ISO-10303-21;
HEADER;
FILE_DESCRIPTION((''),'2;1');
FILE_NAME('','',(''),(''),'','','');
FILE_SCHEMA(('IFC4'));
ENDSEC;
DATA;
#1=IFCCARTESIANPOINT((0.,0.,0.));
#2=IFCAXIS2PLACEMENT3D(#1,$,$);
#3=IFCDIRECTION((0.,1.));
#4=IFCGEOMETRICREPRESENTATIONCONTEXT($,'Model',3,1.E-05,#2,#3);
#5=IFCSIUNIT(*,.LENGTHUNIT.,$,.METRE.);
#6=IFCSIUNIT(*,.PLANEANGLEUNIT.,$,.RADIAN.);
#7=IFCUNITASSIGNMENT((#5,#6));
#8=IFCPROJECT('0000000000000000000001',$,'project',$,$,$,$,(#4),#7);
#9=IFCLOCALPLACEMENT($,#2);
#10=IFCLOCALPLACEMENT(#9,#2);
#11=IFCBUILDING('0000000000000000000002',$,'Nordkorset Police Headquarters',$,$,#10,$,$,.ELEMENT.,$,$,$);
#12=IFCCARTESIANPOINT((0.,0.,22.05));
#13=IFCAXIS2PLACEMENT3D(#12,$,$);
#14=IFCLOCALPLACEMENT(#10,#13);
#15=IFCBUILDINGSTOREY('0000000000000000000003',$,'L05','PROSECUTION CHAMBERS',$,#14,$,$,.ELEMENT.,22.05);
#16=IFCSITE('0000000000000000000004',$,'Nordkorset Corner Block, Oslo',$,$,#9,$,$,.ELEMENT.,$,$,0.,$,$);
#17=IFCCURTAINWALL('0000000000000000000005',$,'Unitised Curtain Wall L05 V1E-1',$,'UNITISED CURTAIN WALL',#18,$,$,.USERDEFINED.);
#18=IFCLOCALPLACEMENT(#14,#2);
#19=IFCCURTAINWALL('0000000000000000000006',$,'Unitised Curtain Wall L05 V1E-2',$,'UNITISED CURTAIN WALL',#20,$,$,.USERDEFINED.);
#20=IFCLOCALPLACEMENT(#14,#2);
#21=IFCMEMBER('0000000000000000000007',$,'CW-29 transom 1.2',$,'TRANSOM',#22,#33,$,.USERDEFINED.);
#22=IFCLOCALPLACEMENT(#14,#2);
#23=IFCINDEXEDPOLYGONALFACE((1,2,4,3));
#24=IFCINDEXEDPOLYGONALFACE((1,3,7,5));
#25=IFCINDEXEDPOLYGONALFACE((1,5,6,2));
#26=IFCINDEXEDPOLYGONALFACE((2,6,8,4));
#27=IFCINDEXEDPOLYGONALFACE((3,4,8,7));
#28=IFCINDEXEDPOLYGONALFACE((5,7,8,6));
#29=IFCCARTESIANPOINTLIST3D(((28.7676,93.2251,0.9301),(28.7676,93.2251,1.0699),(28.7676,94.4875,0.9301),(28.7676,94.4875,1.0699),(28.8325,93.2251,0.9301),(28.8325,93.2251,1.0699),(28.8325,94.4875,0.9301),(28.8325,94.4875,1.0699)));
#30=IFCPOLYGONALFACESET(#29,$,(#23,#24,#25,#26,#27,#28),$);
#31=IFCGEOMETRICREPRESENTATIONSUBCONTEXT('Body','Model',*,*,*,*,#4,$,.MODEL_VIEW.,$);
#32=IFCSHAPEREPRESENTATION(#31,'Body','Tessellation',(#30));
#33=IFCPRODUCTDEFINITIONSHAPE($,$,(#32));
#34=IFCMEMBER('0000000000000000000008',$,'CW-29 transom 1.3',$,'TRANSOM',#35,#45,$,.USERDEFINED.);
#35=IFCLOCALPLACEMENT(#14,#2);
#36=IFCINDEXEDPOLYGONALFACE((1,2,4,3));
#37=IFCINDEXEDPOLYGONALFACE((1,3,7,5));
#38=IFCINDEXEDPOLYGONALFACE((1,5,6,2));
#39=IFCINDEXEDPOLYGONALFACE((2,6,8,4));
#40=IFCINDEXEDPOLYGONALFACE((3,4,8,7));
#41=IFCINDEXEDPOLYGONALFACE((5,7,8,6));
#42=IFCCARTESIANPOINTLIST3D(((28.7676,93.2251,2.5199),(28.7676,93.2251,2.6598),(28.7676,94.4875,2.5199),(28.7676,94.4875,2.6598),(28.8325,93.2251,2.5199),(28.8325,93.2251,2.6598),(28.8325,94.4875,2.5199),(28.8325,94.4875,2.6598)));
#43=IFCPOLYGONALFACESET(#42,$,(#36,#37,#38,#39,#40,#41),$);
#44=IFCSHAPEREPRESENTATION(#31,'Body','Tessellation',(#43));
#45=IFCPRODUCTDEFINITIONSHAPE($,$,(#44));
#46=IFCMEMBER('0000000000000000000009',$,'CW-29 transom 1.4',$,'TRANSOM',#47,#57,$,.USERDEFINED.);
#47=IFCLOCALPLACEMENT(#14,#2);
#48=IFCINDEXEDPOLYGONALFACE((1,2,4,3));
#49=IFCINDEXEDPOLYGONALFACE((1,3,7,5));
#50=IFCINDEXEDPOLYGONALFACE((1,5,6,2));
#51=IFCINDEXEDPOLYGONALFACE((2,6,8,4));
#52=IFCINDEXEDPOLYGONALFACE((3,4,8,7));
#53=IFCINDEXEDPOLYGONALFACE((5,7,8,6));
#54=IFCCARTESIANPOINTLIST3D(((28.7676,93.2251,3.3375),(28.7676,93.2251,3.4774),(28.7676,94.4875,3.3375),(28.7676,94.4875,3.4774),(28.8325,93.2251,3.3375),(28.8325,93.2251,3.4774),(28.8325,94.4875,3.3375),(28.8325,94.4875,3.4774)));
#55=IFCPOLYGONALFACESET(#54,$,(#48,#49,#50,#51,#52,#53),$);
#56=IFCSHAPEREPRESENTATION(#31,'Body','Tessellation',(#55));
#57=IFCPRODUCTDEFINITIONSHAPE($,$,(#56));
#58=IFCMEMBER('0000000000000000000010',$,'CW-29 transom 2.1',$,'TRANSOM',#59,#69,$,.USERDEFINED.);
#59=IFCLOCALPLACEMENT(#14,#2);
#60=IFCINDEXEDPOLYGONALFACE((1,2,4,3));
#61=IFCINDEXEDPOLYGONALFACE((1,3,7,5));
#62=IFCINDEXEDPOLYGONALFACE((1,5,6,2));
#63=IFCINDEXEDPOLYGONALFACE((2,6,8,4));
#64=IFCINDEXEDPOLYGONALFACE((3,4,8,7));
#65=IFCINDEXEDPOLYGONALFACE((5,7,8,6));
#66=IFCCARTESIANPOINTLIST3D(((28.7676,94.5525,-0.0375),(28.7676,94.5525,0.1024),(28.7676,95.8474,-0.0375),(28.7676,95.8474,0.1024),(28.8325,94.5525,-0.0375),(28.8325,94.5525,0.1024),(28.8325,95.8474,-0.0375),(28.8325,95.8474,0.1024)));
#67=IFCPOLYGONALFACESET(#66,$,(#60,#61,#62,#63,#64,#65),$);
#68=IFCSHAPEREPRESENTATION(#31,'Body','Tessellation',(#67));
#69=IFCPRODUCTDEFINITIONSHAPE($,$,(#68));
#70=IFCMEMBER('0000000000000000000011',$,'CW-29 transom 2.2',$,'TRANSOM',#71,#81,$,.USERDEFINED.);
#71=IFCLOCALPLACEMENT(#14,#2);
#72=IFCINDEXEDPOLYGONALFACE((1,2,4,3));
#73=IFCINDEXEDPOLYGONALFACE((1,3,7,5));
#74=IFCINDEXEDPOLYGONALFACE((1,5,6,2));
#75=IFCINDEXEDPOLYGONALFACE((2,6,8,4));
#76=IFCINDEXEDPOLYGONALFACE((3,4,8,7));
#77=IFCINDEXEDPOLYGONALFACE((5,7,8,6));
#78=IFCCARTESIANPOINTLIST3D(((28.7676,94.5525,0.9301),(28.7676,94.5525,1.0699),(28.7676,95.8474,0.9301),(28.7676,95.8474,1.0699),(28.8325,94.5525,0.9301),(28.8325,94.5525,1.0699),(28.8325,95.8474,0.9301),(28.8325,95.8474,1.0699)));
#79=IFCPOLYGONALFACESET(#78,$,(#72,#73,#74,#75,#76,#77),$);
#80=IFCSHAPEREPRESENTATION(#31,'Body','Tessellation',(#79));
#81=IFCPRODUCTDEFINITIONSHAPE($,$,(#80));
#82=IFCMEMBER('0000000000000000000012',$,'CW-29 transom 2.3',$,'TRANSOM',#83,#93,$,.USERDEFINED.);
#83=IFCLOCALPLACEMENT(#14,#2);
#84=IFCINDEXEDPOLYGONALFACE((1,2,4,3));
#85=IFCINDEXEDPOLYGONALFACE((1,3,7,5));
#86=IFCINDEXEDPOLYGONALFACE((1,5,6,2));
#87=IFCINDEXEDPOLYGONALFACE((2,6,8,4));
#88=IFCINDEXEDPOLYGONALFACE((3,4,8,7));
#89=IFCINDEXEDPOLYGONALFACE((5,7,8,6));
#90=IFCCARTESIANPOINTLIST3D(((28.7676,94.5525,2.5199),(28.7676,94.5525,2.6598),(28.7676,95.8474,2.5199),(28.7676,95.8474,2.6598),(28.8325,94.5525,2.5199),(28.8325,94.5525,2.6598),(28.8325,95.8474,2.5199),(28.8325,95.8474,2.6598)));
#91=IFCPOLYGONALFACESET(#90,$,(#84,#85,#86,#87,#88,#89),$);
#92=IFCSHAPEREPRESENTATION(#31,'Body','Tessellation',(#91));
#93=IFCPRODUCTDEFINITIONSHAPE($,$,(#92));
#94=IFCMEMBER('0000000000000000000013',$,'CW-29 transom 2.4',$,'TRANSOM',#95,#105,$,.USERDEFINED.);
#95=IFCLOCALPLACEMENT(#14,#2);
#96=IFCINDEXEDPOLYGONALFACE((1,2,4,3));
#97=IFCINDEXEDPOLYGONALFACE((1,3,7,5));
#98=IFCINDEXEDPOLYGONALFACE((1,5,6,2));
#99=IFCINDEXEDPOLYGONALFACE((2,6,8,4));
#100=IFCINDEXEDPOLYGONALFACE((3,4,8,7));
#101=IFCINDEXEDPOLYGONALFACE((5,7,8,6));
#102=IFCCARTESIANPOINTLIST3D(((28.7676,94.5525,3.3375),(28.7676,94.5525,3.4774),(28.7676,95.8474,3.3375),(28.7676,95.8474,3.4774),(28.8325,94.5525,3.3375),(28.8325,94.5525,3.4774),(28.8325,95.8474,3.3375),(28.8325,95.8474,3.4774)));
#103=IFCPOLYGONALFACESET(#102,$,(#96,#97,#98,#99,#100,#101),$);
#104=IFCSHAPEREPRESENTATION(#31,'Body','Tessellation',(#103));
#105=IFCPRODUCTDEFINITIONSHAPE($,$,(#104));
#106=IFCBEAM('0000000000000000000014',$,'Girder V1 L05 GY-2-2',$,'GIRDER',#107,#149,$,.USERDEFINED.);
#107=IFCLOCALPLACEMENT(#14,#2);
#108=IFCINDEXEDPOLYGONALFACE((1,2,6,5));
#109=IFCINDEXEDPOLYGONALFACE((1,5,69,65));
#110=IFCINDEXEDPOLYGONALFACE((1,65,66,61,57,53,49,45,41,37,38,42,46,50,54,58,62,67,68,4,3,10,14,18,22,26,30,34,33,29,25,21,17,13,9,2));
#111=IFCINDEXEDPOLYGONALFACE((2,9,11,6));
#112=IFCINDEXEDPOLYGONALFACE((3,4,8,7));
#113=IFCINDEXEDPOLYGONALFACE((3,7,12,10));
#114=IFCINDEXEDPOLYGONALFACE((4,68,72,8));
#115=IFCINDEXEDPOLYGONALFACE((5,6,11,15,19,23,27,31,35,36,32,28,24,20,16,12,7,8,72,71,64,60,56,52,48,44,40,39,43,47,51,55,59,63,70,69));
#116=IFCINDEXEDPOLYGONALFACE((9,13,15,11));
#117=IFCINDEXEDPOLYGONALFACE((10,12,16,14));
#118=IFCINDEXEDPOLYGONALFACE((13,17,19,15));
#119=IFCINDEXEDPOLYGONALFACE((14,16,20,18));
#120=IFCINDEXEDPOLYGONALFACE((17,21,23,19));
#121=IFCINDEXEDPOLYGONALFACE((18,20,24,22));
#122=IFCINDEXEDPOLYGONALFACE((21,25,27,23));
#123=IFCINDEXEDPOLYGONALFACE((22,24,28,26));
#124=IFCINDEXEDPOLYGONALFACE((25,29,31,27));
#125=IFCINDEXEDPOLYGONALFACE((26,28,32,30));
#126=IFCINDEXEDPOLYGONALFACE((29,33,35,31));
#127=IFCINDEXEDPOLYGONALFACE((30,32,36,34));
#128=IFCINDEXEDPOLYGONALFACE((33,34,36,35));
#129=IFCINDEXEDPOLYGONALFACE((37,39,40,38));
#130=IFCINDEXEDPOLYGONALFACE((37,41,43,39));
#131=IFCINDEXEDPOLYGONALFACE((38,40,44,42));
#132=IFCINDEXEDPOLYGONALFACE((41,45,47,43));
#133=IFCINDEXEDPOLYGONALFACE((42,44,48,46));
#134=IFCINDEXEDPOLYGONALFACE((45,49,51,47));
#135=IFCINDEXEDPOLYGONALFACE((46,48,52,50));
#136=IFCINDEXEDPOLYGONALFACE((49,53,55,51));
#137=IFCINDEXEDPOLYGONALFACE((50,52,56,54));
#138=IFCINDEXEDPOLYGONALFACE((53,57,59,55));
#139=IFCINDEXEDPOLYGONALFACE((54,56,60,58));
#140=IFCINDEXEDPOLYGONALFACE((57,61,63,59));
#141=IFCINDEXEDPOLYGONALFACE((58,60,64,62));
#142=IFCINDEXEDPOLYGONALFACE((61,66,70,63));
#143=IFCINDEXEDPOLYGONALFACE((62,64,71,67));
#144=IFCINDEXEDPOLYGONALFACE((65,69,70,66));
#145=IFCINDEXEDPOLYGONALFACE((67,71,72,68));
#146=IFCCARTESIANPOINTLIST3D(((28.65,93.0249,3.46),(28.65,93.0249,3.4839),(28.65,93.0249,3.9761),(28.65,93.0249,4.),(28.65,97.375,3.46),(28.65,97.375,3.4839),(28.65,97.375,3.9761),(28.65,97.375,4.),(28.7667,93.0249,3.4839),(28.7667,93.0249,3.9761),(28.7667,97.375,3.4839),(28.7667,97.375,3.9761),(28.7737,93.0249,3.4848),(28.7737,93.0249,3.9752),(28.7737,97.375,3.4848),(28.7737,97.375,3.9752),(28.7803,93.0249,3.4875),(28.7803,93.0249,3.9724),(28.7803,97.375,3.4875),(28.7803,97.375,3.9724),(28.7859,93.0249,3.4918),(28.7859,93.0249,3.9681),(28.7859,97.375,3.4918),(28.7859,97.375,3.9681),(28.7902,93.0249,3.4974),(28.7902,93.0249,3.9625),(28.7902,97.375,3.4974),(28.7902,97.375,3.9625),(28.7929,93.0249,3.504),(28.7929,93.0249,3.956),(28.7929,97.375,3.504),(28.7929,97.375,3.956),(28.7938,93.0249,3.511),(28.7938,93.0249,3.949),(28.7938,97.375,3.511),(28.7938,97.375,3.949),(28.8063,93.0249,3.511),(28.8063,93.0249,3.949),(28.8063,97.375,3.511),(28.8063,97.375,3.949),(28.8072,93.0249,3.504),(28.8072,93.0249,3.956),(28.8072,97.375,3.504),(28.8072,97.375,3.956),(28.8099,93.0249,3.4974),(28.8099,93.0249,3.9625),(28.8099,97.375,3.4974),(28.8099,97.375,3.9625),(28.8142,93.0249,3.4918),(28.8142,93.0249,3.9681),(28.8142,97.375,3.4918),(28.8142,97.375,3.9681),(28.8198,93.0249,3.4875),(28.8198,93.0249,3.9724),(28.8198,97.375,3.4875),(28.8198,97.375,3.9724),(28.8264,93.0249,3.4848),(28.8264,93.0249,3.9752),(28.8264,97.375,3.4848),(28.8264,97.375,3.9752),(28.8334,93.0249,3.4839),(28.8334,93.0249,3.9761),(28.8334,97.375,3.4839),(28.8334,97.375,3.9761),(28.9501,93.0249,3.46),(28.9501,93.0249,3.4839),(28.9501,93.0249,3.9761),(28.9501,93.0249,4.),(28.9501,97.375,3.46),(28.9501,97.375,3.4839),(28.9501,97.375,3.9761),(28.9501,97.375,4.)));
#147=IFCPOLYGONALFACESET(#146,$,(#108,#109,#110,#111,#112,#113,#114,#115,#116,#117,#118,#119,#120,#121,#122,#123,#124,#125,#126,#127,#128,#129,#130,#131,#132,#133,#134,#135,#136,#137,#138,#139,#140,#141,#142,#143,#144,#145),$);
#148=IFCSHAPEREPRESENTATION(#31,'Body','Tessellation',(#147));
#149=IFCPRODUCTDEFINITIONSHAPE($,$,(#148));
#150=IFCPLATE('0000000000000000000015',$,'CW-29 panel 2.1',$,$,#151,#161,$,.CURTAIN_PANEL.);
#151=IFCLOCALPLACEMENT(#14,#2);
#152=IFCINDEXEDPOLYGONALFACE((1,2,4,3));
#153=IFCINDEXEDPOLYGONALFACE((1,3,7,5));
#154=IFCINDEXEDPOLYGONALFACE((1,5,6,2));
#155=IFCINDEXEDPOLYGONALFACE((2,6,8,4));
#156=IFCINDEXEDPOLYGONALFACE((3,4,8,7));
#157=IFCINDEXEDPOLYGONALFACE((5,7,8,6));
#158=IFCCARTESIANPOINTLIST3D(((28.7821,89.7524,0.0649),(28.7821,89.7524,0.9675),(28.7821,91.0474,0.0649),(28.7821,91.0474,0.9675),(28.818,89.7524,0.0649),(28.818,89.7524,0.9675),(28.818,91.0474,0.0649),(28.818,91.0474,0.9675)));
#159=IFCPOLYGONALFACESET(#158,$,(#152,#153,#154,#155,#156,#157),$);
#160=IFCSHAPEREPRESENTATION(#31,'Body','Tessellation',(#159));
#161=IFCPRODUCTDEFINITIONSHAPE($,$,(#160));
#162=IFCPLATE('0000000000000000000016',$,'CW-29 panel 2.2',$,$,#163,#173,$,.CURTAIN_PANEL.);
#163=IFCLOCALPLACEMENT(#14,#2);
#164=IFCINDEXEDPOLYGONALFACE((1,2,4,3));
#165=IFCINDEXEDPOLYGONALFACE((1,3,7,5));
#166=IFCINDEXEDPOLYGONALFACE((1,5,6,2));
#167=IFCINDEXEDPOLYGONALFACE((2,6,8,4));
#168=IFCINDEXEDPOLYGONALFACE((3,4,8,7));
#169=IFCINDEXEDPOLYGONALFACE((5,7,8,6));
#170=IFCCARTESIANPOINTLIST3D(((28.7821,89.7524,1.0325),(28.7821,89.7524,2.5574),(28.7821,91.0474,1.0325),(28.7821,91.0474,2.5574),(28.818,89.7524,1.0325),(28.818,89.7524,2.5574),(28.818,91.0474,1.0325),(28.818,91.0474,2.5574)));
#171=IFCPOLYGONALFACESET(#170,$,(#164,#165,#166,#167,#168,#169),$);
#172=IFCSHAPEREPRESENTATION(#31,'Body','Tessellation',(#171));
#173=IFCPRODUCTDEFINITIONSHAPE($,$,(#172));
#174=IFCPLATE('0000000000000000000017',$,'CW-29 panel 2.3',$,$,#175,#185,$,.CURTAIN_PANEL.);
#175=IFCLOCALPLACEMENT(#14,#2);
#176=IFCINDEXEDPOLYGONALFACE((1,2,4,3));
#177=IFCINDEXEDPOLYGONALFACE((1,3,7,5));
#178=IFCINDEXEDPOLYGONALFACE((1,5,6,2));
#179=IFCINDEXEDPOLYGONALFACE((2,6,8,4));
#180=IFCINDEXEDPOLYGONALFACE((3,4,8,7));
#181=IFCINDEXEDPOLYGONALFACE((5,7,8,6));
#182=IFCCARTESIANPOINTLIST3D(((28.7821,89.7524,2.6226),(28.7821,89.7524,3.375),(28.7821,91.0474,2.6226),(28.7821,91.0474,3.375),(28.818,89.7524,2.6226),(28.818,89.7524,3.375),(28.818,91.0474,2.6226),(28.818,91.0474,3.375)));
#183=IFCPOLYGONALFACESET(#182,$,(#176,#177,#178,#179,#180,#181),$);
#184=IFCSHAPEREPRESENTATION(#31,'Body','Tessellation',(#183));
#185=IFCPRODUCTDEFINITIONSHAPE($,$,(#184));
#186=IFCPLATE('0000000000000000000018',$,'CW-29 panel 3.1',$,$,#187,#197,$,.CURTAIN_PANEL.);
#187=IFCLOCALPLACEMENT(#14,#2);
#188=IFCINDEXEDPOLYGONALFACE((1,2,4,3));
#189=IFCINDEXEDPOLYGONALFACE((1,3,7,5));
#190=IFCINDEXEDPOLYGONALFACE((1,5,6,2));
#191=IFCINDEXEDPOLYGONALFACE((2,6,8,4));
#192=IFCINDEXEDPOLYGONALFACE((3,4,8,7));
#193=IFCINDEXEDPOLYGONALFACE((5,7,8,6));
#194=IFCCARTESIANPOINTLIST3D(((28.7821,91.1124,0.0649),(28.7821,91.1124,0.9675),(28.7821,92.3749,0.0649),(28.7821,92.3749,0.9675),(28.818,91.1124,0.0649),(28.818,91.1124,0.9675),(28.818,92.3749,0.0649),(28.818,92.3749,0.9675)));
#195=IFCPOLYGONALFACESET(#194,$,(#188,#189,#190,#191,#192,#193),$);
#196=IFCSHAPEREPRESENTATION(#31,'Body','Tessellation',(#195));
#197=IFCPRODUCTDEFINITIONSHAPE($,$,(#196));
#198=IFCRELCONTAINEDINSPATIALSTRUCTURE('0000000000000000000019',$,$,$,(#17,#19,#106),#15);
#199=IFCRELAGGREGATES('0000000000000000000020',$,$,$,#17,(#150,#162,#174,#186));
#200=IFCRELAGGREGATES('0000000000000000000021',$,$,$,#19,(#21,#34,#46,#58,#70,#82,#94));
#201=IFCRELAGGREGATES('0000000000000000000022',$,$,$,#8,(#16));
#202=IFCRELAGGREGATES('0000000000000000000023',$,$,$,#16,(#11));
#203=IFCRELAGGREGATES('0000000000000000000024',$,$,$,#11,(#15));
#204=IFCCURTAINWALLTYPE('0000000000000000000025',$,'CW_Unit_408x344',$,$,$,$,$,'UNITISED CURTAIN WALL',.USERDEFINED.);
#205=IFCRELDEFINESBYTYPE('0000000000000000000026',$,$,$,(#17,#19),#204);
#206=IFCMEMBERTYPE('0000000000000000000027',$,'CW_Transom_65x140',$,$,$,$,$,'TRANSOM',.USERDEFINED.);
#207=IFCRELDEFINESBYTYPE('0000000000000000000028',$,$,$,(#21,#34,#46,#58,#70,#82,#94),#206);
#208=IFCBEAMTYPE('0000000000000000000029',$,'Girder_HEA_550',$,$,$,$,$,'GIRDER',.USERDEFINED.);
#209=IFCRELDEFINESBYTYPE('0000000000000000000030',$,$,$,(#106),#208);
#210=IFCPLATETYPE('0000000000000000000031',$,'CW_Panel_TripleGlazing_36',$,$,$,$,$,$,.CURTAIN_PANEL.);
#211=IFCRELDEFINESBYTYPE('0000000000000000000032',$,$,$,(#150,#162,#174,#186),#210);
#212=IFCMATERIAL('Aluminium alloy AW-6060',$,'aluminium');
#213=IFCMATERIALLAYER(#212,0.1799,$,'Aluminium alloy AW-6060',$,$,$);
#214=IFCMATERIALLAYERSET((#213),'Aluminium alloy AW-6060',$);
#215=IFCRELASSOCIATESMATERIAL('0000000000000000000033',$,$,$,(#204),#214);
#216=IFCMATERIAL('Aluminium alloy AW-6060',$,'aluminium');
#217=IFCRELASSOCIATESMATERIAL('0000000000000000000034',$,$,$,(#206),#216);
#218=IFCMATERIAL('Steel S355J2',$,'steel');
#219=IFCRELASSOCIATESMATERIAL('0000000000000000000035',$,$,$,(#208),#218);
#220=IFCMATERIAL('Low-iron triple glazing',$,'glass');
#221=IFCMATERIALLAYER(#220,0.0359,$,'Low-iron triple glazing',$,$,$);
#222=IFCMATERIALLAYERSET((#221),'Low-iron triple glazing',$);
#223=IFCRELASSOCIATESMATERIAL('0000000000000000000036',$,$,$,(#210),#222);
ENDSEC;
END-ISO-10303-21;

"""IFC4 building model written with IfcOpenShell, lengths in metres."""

from ifc_helpers import new_model, si_unit, direction, frame, origin, origin_2d, place, context, subcontext, project, spatial, rectangle, i_section, extrude, material, layer, layer_set, material_profile, profile_set, type_object, element, aggregate, save


model = new_model("IFC4")

# Units and contexts
model_context = context("Model", 3, precision=1e-05, world=origin(), true_north=direction((0.0, 1.0)))
body_context = subcontext(model_context, "Body", "Model", "MODEL_VIEW")
ifc_project = project(units=[si_unit("LENGTHUNIT", "METRE"), si_unit("PLANEANGLEUNIT", "RADIAN")], contexts=[model_context])

# Site, building, storey
site_placement = place(None, origin())
site = spatial("IfcSite", under=ifc_project, at=site_placement, Name="Nordkorset Corner Block, Oslo", CompositionType="ELEMENT", RefElevation=0.0)
building_placement = place(site_placement, origin())
building = spatial("IfcBuilding", under=site, at=building_placement, Name="Nordkorset Police Headquarters", CompositionType="ELEMENT")
storey_placement = place(building_placement, frame((0.0, 0.0, 22.05)))
storey = spatial("IfcBuildingStorey", under=building, at=storey_placement, Name="L05", Description="PROSECUTION CHAMBERS", CompositionType="ELEMENT", Elevation=22.05)

# Curtain walls
ifc_material_1 = material(Name="Aluminium alloy AW-6060", Category="aluminium")
ifc_layer_1 = layer(ifc_material_1, 0.1799, Name="Aluminium alloy AW-6060")
ifc_layer_set_1 = layer_set([ifc_layer_1], Name="Aluminium alloy AW-6060")
curtain_wall_type = type_object("IfcCurtainWallType", Name="CW_Unit_408x344", ElementType="UNITISED CURTAIN WALL", PredefinedType="USERDEFINED", material=ifc_layer_set_1)
curtain_wall_1_placement = place(storey_placement, origin())
curtain_wall_1 = element("IfcCurtainWall", 1, at=curtain_wall_1_placement, inside=storey, type_object=curtain_wall_type, Name="Unitised Curtain Wall L05 V1E-1", ObjectType="UNITISED CURTAIN WALL", PredefinedType="USERDEFINED")
curtain_wall_2_placement = place(storey_placement, origin())
curtain_wall_2 = element("IfcCurtainWall", 2, at=curtain_wall_2_placement, inside=storey, type_object=curtain_wall_type, Name="Unitised Curtain Wall L05 V1E-2", ObjectType="UNITISED CURTAIN WALL", PredefinedType="USERDEFINED")

# Members
ifc_material_2 = material(Name="Aluminium alloy AW-6060", Category="aluminium")
ifc_material_profile_1 = material_profile(ifc_material_2, rectangle(XDim=0.0649, YDim=0.1399, at=origin_2d()), Name="ALU TRAN 65x140")
ifc_profile_set_1 = profile_set([ifc_material_profile_1], Name="Aluminium alloy AW-6060")
member_type_1 = type_object("IfcMemberType", Name="CW_Transom_65x140", ElementType="TRANSOM", PredefinedType="USERDEFINED", material=ifc_profile_set_1)
member_1_placement = place(storey_placement, frame((28.8, 93.2251, 1.0), z_axis=(0.0, 1.0, 0.0), x_axis=(-1.0, 0.0, 0.0)))
member_1 = element("IfcMember", 3, at=member_1_placement, type_object=member_type_1, Name="CW-29 transom 1.2", ObjectType="TRANSOM", PredefinedType="USERDEFINED", context=body_context, shape_type="SweptSolid", body=[
    extrude(rectangle(XDim=0.0649, YDim=0.1399, at=origin_2d()), origin(), (0.0, 0.0, 1.0), 1.2625),
])
member_2_placement = place(storey_placement, frame((28.8, 93.2251, 2.5898), z_axis=(0.0, 1.0, 0.0), x_axis=(-1.0, 0.0, 0.0)))
member_2 = element("IfcMember", 4, at=member_2_placement, type_object=member_type_1, Name="CW-29 transom 1.3", ObjectType="TRANSOM", PredefinedType="USERDEFINED", context=body_context, shape_type="SweptSolid", body=[
    extrude(rectangle(XDim=0.0649, YDim=0.1399, at=origin_2d()), origin(), (0.0, 0.0, 1.0), 1.2625),
])
member_3_placement = place(storey_placement, frame((28.8, 93.2251, 3.4075), z_axis=(0.0, 1.0, 0.0), x_axis=(-1.0, 0.0, 0.0)))
member_3 = element("IfcMember", 5, at=member_3_placement, type_object=member_type_1, Name="CW-29 transom 1.4", ObjectType="TRANSOM", PredefinedType="USERDEFINED", context=body_context, shape_type="SweptSolid", body=[
    extrude(rectangle(XDim=0.0649, YDim=0.1399, at=origin_2d()), origin(), (0.0, 0.0, 1.0), 1.2625),
])
member_4_placement = place(storey_placement, frame((28.8, 94.5525, 0.0325), z_axis=(0.0, 1.0, 0.0), x_axis=(-1.0, 0.0, 0.0)))
member_4 = element("IfcMember", 6, at=member_4_placement, type_object=member_type_1, Name="CW-29 transom 2.1", ObjectType="TRANSOM", PredefinedType="USERDEFINED", context=body_context, shape_type="SweptSolid", body=[
    extrude(rectangle(XDim=0.0649, YDim=0.1399, at=origin_2d()), origin(), (0.0, 0.0, 1.0), 1.2949),
])
member_5_placement = place(storey_placement, frame((28.8, 94.5525, 1.0), z_axis=(0.0, 1.0, 0.0), x_axis=(-1.0, 0.0, 0.0)))
member_5 = element("IfcMember", 7, at=member_5_placement, type_object=member_type_1, Name="CW-29 transom 2.2", ObjectType="TRANSOM", PredefinedType="USERDEFINED", context=body_context, shape_type="SweptSolid", body=[
    extrude(rectangle(XDim=0.0649, YDim=0.1399, at=origin_2d()), origin(), (0.0, 0.0, 1.0), 1.2949),
])
member_6_placement = place(storey_placement, frame((28.8, 94.5525, 2.5898), z_axis=(0.0, 1.0, 0.0), x_axis=(-1.0, 0.0, 0.0)))
member_6 = element("IfcMember", 8, at=member_6_placement, type_object=member_type_1, Name="CW-29 transom 2.3", ObjectType="TRANSOM", PredefinedType="USERDEFINED", context=body_context, shape_type="SweptSolid", body=[
    extrude(rectangle(XDim=0.0649, YDim=0.1399, at=origin_2d()), origin(), (0.0, 0.0, 1.0), 1.2949),
])
member_7_placement = place(storey_placement, frame((28.8, 94.5525, 3.4075), z_axis=(0.0, 1.0, 0.0), x_axis=(-1.0, 0.0, 0.0)))
member_7 = element("IfcMember", 9, at=member_7_placement, type_object=member_type_1, Name="CW-29 transom 2.4", ObjectType="TRANSOM", PredefinedType="USERDEFINED", context=body_context, shape_type="SweptSolid", body=[
    extrude(rectangle(XDim=0.0649, YDim=0.1399, at=origin_2d()), origin(), (0.0, 0.0, 1.0), 1.2949),
])

# Beam
ifc_material_3 = material(Name="Steel S355J2", Category="steel")
ifc_material_profile_2 = material_profile(ifc_material_3, i_section(OverallWidth=0.3, OverallDepth=0.54, WebThickness=0.0125, FlangeThickness=0.0239, FilletRadius=0.0271, at=origin_2d()), Name="HEA 550")
ifc_profile_set_2 = profile_set([ifc_material_profile_2], Name="Steel S355J2")
beam_type = type_object("IfcBeamType", Name="Girder_HEA_550", ElementType="GIRDER", PredefinedType="USERDEFINED", material=ifc_profile_set_2)
beam_placement = place(storey_placement, frame((28.8, 93.0249, 3.73), z_axis=(0.0, 1.0, 0.0), x_axis=(-1.0, 0.0, 0.0)))
element("IfcBeam", 10, at=beam_placement, inside=storey, type_object=beam_type, Name="Girder V1 L05 GY-2-2", ObjectType="GIRDER", PredefinedType="USERDEFINED", context=body_context, shape_type="SweptSolid", body=[
    extrude(i_section(OverallWidth=0.3, OverallDepth=0.54, WebThickness=0.0125, FlangeThickness=0.0239, FilletRadius=0.0271, at=origin_2d()), origin(), (0.0, 0.0, 1.0), 4.3501),
])

# Plates
ifc_material_4 = material(Name="Low-iron triple glazing", Category="glass")
ifc_layer_2 = layer(ifc_material_4, 0.0359, Name="Low-iron triple glazing")
ifc_layer_set_2 = layer_set([ifc_layer_2], Name="Low-iron triple glazing")
plate_type = type_object("IfcPlateType", Name="CW_Panel_TripleGlazing_36", PredefinedType="CURTAIN_PANEL", material=ifc_layer_set_2)
plate_1_placement = place(storey_placement, frame((28.8, 90.3999, 0.0649), z_axis=(0.0, 0.0, 1.0), x_axis=(0.0, 1.0, 0.0)))
plate_1 = element("IfcPlate", 11, at=plate_1_placement, type_object=plate_type, Name="CW-29 panel 2.1", PredefinedType="CURTAIN_PANEL", context=body_context, shape_type="SweptSolid", body=[
    extrude(rectangle(XDim=1.2949, YDim=0.0359, at=origin_2d()), origin(), (0.0, 0.0, 1.0), 0.9026),
])
plate_2_placement = place(storey_placement, frame((28.8, 90.3999, 1.0325), z_axis=(0.0, 0.0, 1.0), x_axis=(0.0, 1.0, 0.0)))
plate_2 = element("IfcPlate", 12, at=plate_2_placement, type_object=plate_type, Name="CW-29 panel 2.2", PredefinedType="CURTAIN_PANEL", context=body_context, shape_type="SweptSolid", body=[
    extrude(rectangle(XDim=1.2949, YDim=0.0359, at=origin_2d()), origin(), (0.0, 0.0, 1.0), 1.5249),
])
plate_3_placement = place(storey_placement, frame((28.8, 90.3999, 2.6226), z_axis=(0.0, 0.0, 1.0), x_axis=(0.0, 1.0, 0.0)))
plate_3 = element("IfcPlate", 13, at=plate_3_placement, type_object=plate_type, Name="CW-29 panel 2.3", PredefinedType="CURTAIN_PANEL", context=body_context, shape_type="SweptSolid", body=[
    extrude(rectangle(XDim=1.2949, YDim=0.0359, at=origin_2d()), origin(), (0.0, 0.0, 1.0), 0.7524),
])
plate_4_placement = place(storey_placement, frame((28.8, 91.7437, 0.0649), z_axis=(0.0, 0.0, 1.0), x_axis=(0.0, 1.0, 0.0)))
plate_4 = element("IfcPlate", 14, at=plate_4_placement, type_object=plate_type, Name="CW-29 panel 3.1", PredefinedType="CURTAIN_PANEL", context=body_context, shape_type="SweptSolid", body=[
    extrude(rectangle(XDim=1.2625, YDim=0.0359, at=origin_2d()), origin(), (0.0, 0.0, 1.0), 0.9026),
])
aggregate(curtain_wall_1, [plate_1, plate_2, plate_3, plate_4])
aggregate(curtain_wall_2, [member_1, member_2, member_3, member_4, member_5, member_6, member_7])

save(model, "model.ifc")
